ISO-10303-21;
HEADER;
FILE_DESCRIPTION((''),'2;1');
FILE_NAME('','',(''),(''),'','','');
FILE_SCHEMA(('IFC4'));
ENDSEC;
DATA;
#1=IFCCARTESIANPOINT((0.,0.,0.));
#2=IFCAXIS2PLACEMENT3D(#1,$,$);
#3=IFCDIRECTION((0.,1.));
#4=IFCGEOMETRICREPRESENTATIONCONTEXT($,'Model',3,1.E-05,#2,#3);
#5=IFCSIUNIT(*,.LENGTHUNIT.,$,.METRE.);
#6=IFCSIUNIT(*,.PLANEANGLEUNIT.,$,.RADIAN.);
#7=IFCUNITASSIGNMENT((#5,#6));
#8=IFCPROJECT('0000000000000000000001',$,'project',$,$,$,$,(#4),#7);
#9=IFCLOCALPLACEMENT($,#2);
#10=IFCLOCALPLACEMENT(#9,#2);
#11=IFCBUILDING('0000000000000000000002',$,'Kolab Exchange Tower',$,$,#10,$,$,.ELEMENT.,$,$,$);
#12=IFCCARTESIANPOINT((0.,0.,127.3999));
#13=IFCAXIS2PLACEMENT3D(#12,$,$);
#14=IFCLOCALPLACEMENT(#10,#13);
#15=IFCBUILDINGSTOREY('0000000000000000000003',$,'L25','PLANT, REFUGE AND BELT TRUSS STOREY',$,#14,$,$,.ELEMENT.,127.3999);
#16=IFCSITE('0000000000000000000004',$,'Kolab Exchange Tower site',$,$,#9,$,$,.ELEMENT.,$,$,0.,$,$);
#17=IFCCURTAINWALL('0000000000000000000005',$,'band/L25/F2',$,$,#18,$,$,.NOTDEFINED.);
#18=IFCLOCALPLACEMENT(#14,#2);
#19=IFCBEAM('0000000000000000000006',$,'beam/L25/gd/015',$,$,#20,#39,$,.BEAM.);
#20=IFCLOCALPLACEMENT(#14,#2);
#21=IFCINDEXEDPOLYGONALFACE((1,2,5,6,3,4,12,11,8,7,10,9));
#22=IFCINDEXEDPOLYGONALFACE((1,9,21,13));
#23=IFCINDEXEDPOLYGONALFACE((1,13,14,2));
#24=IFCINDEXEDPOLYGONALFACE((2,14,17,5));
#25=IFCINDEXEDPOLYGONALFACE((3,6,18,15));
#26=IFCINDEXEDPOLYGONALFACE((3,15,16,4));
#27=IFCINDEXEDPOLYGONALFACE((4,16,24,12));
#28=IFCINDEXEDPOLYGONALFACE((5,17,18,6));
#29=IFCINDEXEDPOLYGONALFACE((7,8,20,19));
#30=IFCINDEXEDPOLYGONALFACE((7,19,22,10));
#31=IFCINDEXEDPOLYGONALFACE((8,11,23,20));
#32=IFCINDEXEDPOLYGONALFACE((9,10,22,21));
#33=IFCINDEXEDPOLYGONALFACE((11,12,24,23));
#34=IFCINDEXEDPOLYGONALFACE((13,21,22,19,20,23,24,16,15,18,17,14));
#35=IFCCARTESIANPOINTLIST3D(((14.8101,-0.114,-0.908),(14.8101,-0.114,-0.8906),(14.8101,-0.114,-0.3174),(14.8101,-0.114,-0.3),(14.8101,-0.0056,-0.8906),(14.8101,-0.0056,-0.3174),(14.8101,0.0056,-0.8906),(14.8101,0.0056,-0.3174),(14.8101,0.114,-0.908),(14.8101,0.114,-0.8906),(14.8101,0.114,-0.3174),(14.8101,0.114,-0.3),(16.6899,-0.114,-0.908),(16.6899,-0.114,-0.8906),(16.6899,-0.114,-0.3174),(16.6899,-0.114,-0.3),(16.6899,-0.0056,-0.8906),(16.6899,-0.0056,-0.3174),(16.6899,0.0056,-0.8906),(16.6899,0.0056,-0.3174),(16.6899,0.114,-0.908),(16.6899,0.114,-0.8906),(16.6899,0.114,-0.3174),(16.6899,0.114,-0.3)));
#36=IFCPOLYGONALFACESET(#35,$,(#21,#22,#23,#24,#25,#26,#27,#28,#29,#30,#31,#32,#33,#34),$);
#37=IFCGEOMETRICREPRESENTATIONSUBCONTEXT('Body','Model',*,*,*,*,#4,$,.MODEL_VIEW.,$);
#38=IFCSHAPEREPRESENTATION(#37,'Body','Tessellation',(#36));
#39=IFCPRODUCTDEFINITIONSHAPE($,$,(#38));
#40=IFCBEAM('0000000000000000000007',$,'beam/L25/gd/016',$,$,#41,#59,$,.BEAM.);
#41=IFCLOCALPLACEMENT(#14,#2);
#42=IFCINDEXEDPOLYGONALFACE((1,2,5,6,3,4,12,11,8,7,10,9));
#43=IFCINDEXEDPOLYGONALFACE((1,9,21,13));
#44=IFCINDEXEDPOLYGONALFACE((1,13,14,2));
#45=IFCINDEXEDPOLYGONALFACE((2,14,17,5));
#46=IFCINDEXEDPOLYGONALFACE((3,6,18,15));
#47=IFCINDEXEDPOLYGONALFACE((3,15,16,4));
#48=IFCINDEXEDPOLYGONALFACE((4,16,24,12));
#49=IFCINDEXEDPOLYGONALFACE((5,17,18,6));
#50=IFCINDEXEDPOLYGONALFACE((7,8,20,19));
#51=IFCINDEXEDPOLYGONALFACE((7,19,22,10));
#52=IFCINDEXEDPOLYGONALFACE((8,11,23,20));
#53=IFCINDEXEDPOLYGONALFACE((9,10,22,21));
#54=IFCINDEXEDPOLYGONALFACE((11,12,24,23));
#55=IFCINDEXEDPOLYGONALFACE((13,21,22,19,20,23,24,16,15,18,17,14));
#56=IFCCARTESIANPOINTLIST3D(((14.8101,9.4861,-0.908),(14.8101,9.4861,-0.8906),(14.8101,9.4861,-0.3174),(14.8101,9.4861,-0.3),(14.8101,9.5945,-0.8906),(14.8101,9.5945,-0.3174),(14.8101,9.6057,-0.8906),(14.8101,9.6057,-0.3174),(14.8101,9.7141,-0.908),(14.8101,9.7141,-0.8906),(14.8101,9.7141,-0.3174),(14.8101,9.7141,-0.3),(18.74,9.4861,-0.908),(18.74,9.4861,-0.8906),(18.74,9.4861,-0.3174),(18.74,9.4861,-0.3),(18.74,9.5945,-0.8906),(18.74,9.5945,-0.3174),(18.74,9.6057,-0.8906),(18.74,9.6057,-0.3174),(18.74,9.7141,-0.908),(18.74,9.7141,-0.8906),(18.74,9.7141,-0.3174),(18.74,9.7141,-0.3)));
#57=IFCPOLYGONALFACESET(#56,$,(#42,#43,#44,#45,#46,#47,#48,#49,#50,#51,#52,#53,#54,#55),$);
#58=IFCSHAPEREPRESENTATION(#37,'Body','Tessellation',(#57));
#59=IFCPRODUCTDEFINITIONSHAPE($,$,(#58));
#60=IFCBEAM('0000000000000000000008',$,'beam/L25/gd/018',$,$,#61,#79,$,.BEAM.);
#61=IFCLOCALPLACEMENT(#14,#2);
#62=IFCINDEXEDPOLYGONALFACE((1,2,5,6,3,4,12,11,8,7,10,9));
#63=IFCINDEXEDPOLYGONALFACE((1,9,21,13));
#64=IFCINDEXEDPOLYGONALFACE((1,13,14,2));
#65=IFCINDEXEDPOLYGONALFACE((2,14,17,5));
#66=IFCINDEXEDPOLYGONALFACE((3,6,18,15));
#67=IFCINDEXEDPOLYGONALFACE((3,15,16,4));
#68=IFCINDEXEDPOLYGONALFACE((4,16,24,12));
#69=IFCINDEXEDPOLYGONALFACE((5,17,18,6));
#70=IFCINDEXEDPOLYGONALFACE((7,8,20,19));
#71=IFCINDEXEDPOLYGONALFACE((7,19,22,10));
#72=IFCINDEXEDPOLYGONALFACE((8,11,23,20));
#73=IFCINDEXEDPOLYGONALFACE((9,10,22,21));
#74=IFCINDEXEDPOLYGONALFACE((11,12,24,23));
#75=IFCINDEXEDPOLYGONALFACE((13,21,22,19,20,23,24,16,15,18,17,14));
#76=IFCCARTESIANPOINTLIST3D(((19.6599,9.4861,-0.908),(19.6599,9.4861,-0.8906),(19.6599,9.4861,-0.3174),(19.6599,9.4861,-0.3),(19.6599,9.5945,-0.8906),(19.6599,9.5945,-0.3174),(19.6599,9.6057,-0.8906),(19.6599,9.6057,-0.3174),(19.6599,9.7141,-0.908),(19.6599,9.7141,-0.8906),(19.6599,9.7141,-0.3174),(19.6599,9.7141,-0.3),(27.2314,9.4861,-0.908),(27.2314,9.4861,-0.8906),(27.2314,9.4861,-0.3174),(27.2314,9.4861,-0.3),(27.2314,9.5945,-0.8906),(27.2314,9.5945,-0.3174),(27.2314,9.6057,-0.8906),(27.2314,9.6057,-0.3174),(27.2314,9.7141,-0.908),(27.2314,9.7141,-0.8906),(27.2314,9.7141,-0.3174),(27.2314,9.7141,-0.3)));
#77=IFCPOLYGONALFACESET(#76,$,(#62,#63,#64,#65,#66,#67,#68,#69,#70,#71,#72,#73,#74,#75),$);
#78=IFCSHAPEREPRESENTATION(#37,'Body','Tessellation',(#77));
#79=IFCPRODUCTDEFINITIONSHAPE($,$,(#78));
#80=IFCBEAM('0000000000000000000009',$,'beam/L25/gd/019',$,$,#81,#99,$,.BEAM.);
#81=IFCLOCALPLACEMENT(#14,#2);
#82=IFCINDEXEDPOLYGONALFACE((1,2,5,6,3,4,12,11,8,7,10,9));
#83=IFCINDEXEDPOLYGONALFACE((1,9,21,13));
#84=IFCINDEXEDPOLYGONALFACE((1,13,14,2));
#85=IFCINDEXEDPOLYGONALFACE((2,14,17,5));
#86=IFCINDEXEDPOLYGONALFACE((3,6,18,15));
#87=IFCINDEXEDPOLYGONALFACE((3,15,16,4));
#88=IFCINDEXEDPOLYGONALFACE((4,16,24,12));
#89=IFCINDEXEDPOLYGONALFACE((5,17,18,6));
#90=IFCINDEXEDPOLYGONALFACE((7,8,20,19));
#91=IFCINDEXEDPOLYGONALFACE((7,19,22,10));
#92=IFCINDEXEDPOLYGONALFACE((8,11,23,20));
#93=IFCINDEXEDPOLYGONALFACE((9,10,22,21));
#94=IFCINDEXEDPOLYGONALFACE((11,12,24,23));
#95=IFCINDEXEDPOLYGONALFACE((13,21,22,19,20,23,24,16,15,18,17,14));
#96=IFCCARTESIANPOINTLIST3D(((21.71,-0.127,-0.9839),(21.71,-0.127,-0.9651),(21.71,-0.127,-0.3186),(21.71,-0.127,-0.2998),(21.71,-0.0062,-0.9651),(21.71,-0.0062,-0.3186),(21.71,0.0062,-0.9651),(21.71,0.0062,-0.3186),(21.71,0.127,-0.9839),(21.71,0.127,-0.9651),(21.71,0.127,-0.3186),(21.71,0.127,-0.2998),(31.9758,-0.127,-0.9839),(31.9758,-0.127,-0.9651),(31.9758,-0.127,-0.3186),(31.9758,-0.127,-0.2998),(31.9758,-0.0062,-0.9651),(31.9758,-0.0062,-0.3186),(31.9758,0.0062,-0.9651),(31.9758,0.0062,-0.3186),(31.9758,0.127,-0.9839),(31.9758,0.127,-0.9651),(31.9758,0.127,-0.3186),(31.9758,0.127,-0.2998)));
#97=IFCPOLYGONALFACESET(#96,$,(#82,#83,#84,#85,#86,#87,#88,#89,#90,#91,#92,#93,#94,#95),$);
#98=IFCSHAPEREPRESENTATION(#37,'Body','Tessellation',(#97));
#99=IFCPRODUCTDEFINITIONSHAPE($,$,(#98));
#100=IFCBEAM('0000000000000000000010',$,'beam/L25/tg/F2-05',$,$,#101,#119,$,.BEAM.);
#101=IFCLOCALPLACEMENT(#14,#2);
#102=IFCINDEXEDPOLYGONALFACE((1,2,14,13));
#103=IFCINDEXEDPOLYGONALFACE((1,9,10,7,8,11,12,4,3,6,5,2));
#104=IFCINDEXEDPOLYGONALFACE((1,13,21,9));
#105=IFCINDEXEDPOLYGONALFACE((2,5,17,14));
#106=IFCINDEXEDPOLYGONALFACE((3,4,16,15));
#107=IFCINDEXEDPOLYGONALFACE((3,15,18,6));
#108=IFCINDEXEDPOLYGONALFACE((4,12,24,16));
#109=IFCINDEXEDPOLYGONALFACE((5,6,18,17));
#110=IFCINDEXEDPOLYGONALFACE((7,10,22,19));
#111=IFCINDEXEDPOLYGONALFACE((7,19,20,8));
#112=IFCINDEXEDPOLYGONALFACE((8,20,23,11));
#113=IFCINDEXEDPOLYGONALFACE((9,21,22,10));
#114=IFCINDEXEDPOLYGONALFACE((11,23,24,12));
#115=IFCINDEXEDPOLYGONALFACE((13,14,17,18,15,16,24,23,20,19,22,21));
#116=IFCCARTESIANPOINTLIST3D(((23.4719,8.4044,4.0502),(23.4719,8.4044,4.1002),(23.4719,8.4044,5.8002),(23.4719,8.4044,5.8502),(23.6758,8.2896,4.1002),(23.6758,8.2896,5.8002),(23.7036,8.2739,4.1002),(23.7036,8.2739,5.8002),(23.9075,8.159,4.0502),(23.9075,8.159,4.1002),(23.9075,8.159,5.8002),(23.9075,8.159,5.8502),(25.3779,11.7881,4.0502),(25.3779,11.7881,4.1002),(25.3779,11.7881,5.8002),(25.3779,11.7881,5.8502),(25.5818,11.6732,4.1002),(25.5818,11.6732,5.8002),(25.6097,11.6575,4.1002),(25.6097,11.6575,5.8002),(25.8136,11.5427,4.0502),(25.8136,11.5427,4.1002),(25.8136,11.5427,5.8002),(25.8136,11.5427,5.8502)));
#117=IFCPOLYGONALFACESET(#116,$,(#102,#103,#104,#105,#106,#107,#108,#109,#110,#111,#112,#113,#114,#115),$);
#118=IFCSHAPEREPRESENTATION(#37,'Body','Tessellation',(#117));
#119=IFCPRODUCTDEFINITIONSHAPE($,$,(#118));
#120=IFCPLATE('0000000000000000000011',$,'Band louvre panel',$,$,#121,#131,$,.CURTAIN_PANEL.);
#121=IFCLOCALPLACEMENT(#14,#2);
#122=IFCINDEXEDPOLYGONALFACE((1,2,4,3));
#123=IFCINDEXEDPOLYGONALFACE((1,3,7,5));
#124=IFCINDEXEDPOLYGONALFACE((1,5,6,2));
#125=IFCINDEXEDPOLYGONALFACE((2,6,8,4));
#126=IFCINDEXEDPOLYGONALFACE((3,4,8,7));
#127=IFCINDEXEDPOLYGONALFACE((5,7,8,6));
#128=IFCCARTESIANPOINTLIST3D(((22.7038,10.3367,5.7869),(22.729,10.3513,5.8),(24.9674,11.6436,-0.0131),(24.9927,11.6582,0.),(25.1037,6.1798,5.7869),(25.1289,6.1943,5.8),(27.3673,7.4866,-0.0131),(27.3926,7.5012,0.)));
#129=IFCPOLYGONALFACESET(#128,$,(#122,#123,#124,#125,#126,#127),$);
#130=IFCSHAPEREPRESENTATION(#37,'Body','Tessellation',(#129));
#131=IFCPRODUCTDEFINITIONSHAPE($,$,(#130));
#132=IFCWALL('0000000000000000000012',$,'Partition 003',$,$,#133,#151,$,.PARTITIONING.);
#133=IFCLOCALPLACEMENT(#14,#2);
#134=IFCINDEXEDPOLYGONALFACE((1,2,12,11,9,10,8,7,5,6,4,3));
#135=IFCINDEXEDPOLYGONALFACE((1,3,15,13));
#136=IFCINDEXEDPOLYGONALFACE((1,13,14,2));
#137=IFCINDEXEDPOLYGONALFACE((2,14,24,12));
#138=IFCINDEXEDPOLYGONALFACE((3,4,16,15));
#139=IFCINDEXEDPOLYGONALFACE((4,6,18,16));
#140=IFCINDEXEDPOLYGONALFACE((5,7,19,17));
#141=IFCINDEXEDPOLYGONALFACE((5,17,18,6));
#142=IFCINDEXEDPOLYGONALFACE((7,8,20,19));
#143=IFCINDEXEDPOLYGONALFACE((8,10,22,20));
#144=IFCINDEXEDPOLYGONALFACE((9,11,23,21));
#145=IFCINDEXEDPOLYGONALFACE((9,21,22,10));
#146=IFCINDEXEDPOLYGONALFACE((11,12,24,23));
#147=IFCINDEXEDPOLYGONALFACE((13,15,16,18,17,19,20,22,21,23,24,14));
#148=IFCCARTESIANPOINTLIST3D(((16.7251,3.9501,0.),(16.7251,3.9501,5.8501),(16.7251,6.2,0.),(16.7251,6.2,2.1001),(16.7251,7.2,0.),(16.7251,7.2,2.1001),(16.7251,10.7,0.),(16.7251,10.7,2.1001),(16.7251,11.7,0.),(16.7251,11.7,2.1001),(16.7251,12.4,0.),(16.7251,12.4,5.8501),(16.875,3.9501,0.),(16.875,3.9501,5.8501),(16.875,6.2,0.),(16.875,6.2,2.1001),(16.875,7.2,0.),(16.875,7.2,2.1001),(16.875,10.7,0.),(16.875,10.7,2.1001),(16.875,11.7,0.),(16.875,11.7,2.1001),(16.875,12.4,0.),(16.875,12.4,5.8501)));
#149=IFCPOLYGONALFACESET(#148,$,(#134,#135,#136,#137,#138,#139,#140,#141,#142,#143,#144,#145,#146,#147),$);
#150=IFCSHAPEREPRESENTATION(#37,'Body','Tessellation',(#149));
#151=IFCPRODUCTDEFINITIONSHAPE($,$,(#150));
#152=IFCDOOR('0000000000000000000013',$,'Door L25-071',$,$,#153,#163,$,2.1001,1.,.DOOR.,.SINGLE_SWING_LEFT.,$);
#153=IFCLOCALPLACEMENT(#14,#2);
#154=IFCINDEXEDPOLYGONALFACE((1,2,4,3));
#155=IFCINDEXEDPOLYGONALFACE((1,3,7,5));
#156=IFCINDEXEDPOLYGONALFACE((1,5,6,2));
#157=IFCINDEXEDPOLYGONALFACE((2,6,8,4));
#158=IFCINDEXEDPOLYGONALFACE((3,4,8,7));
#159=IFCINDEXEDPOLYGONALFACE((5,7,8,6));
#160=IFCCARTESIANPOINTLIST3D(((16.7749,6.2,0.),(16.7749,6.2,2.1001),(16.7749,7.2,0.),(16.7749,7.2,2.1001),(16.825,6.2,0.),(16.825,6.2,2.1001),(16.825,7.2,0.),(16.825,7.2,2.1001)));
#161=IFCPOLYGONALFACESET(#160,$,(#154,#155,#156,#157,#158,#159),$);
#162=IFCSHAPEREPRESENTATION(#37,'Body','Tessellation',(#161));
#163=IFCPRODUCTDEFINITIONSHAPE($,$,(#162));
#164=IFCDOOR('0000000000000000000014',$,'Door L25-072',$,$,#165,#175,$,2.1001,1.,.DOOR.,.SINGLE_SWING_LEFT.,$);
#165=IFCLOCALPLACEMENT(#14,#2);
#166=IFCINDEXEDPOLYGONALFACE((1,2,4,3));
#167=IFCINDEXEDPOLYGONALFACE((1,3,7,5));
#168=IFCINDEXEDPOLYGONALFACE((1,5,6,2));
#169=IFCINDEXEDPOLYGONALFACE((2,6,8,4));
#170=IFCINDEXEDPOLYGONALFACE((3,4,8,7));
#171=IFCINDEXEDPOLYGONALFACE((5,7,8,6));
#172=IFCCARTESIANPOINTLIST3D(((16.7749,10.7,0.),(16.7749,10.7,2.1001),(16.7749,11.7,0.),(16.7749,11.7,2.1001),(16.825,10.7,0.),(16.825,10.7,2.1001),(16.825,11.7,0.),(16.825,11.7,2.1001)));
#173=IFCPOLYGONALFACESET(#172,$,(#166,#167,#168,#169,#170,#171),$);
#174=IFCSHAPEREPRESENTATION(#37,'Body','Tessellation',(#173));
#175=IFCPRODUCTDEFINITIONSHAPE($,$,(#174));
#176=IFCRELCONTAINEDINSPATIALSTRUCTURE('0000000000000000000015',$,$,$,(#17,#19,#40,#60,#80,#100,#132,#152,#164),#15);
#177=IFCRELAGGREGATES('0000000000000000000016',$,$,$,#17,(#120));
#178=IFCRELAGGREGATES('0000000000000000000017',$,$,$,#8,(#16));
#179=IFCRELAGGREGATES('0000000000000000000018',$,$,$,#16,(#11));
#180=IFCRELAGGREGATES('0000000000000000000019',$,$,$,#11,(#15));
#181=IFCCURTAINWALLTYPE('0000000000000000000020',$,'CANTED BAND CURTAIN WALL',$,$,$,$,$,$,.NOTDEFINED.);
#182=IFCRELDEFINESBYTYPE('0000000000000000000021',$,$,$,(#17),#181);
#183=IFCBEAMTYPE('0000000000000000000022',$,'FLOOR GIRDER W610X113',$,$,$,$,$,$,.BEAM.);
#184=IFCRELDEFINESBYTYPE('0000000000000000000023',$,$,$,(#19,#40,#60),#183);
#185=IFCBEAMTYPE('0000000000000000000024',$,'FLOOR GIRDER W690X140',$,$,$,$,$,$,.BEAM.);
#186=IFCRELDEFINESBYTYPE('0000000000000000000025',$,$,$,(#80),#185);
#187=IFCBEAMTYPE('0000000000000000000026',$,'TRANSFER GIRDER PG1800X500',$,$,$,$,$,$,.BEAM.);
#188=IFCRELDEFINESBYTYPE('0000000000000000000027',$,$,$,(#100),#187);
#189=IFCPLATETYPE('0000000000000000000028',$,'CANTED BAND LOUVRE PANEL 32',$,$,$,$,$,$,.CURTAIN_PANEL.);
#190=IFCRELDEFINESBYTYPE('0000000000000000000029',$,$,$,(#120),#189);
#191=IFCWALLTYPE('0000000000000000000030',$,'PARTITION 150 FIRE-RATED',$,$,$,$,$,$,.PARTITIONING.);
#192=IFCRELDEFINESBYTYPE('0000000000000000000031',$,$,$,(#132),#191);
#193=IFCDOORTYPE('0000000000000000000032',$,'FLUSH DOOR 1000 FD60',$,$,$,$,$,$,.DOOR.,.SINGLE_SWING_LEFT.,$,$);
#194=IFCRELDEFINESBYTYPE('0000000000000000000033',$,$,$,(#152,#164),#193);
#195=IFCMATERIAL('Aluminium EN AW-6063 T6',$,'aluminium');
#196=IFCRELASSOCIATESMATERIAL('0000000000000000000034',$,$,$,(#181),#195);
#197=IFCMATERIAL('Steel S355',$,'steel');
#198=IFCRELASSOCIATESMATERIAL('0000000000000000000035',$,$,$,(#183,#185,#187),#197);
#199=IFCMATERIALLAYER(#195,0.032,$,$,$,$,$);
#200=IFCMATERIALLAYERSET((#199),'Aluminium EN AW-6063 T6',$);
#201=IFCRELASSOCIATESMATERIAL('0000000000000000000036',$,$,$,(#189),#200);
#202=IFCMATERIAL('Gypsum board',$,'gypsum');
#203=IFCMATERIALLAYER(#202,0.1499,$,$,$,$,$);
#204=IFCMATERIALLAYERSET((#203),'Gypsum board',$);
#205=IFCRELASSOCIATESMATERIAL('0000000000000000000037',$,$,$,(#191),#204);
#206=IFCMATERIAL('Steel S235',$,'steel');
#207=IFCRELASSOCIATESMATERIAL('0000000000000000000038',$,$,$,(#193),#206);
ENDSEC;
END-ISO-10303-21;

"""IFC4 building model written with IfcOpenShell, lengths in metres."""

from ifc_helpers import new_model, si_unit, direction, frame, frame_2d, origin, origin_2d, place, context, subcontext, project, spatial, polyline, rectangle, i_section, outline, extrude, material, layer, layer_set, material_profile, profile_set, type_object, element, fill, aggregate, save


model = new_model("IFC4")

# Units and contexts
model_context = context("Model", 3, precision=1e-05, world=origin(), true_north=direction((0.0, 1.0)))
body_context = subcontext(model_context, "Body", "Model", "MODEL_VIEW")
ifc_project = project(units=[si_unit("LENGTHUNIT", "METRE"), si_unit("PLANEANGLEUNIT", "RADIAN")], contexts=[model_context])

# Site, building, storey
site_placement = place(None, origin())
site = spatial("IfcSite", under=ifc_project, at=site_placement, Name="Kolab Exchange Tower site", CompositionType="ELEMENT", RefElevation=0.0)
building_placement = place(site_placement, origin())
building = spatial("IfcBuilding", under=site, at=building_placement, Name="Kolab Exchange Tower", CompositionType="ELEMENT")
storey_placement = place(building_placement, frame((0.0, 0.0, 127.3999)))
storey = spatial("IfcBuildingStorey", under=building, at=storey_placement, Name="L25", Description="PLANT, REFUGE AND BELT TRUSS STOREY", CompositionType="ELEMENT", Elevation=127.3999)

# Shared definitions
ifc_material_1 = material(Name="Steel S355", Category="steel")

# Curtain wall
ifc_material_2 = material(Name="Aluminium EN AW-6063 T6", Category="aluminium")
curtain_wall_type = type_object("IfcCurtainWallType", Name="CANTED BAND CURTAIN WALL", PredefinedType="NOTDEFINED", material=ifc_material_2)
curtain_wall_placement = place(storey_placement, origin())
curtain_wall = element("IfcCurtainWall", 1, at=curtain_wall_placement, inside=storey, type_object=curtain_wall_type, Name="band/L25/F2", PredefinedType="NOTDEFINED")

# Beams
ifc_material_profile_1 = material_profile(ifc_material_1, i_section(OverallWidth=0.228, OverallDepth=0.6079, WebThickness=0.0112, FlangeThickness=0.0173, at=origin_2d()), Name="W610X113")
ifc_profile_set_1 = profile_set([ifc_material_profile_1], Name="Steel S355")
beam_type_1 = type_object("IfcBeamType", Name="FLOOR GIRDER W610X113", PredefinedType="BEAM", material=ifc_profile_set_1)
beam_1_placement = place(storey_placement, frame((14.8101, 0.0, -0.604), z_axis=(1.0, 0.0, 0.0), x_axis=(0.0, 1.0, 0.0)))
element("IfcBeam", 2, at=beam_1_placement, inside=storey, type_object=beam_type_1, Name="beam/L25/gd/015", PredefinedType="BEAM", context=body_context, shape_type="SweptSolid", body=[
    extrude(i_section(OverallWidth=0.228, OverallDepth=0.6079, WebThickness=0.0112, FlangeThickness=0.0173, at=origin_2d()), origin(), (0.0, 0.0, 1.0), 1.8799),
])
beam_2_placement = place(storey_placement, frame((14.8101, 9.6001, -0.604), z_axis=(1.0, 0.0, 0.0), x_axis=(0.0, 1.0, 0.0)))
element("IfcBeam", 3, at=beam_2_placement, inside=storey, type_object=beam_type_1, Name="beam/L25/gd/016", PredefinedType="BEAM", context=body_context, shape_type="SweptSolid", body=[
    extrude(i_section(OverallWidth=0.228, OverallDepth=0.6079, WebThickness=0.0112, FlangeThickness=0.0173, at=origin_2d()), origin(), (0.0, 0.0, 1.0), 3.9299),
])
beam_3_placement = place(storey_placement, frame((19.6599, 9.6001, -0.604), z_axis=(1.0, 0.0, 0.0), x_axis=(0.0, 1.0, 0.0)))
element("IfcBeam", 4, at=beam_3_placement, inside=storey, type_object=beam_type_1, Name="beam/L25/gd/018", PredefinedType="BEAM", context=body_context, shape_type="SweptSolid", body=[
    extrude(i_section(OverallWidth=0.228, OverallDepth=0.6079, WebThickness=0.0112, FlangeThickness=0.0173, at=origin_2d()), origin(), (0.0, 0.0, 1.0), 7.5715),
])
ifc_material_profile_2 = material_profile(ifc_material_1, i_section(OverallWidth=0.2539, OverallDepth=0.6841, WebThickness=0.0125, FlangeThickness=0.0188, at=origin_2d()), Name="W690X140")
ifc_profile_set_2 = profile_set([ifc_material_profile_2], Name="Steel S355")
beam_type_2 = type_object("IfcBeamType", Name="FLOOR GIRDER W690X140", PredefinedType="BEAM", material=ifc_profile_set_2)
beam_4_placement = place(storey_placement, frame((21.71, 0.0, -0.6418), z_axis=(1.0, 0.0, 0.0), x_axis=(0.0, 1.0, 0.0)))
element("IfcBeam", 5, at=beam_4_placement, inside=storey, type_object=beam_type_2, Name="beam/L25/gd/019", PredefinedType="BEAM", context=body_context, shape_type="SweptSolid", body=[
    extrude(i_section(OverallWidth=0.2539, OverallDepth=0.6841, WebThickness=0.0125, FlangeThickness=0.0188, at=origin_2d()), origin(), (0.0, 0.0, 1.0), 10.2659),
])
ifc_material_profile_3 = material_profile(ifc_material_1, i_section(OverallWidth=0.5, OverallDepth=1.8, WebThickness=0.032, FlangeThickness=0.05, at=origin_2d()), Name="PG1800X500")
ifc_profile_set_3 = profile_set([ifc_material_profile_3], Name="Steel S355")
beam_type_3 = type_object("IfcBeamType", Name="TRANSFER GIRDER PG1800X500", PredefinedType="BEAM", material=ifc_profile_set_3)
beam_5_placement = place(storey_placement, frame((23.6897, 8.2817, 4.9502), z_axis=(0.490801, 0.871271, 0.0), x_axis=(-0.871271, 0.490801, 0.0)))
element("IfcBeam", 6, at=beam_5_placement, inside=storey, type_object=beam_type_3, Name="beam/L25/tg/F2-05", PredefinedType="BEAM", context=body_context, shape_type="SweptSolid", body=[
    extrude(i_section(OverallWidth=0.5, OverallDepth=1.8, WebThickness=0.032, FlangeThickness=0.05, at=origin_2d()), origin(), (0.0, 0.0, 1.0), 3.8835),
])

# Plate
ifc_layer_1 = layer(ifc_material_2, 0.032)
ifc_layer_set_1 = layer_set([ifc_layer_1], Name="Aluminium EN AW-6063 T6")
plate_type = type_object("IfcPlateType", Name="CANTED BAND LOUVRE PANEL 32", PredefinedType="CURTAIN_PANEL", material=ifc_layer_set_1)
plate_placement = place(storey_placement, frame((24.9927, 11.6582, 0.0), z_axis=(0.789563, 0.45583, 0.410864), x_axis=(0.499979, -0.866037, 0.0)))
plate = element("IfcPlate", 7, at=plate_placement, type_object=plate_type, Name="Band louvre panel", PredefinedType="CURTAIN_PANEL", context=body_context, shape_type="SweptSolid", body=[
    extrude(outline(polyline([(0.0, 0.0), (4.8, 0.0), (4.8, -6.3618), (0.0, -6.3618), (0.0, 0.0)])), origin(), (0.0, 0.0, -1.0), 0.032),
])
aggregate(curtain_wall, [plate])

# Wall, openings, doors
ifc_material_3 = material(Name="Gypsum board", Category="gypsum")
ifc_layer_2 = layer(ifc_material_3, 0.1499)
ifc_layer_set_2 = layer_set([ifc_layer_2], Name="Gypsum board")
wall_type_1 = type_object("IfcWallType", Name="PARTITION 150 FIRE-RATED", PredefinedType="PARTITIONING", material=ifc_layer_set_2)
wall_1_placement = place(storey_placement, frame((16.8, 3.95, 0.0), z_axis=(0.0, 0.0, 1.0), x_axis=(0.0, 1.0, 0.0)))
wall_1 = element("IfcWall", 8, at=wall_1_placement, inside=storey, type_object=wall_type_1, Name="Partition 003", PredefinedType="PARTITIONING", context=body_context, shape_type="SweptSolid", body=[
    extrude(rectangle(XDim=8.45, YDim=0.1499, at=frame_2d((4.2251, 0.0))), origin(), (0.0, 0.0, 1.0), 5.8501),
])
opening_1_placement = place(wall_1_placement, frame((2.25, 0.0, 0.0)))
opening_1 = element("IfcOpeningElement", 9, at=opening_1_placement, cuts=wall_1, PredefinedType="OPENING", context=body_context, shape_type="SweptSolid", body=[
    extrude(rectangle(XDim=1.0, YDim=2.1001, at=frame_2d((0.5, 1.05))), frame((0.0, 0.085, 0.0), z_axis=(0.0, -1.0, 0.0), x_axis=(1.0, 0.0, 0.0)), (0.0, 0.0, 1.0), 0.1699),
])
opening_2_placement = place(wall_1_placement, frame((6.75, 0.0, 0.0)))
opening_2 = element("IfcOpeningElement", 10, at=opening_2_placement, cuts=wall_1, PredefinedType="OPENING", context=body_context, shape_type="SweptSolid", body=[
    extrude(rectangle(XDim=1.0, YDim=2.1001, at=frame_2d((0.5, 1.05))), frame((0.0, 0.085, 0.0), z_axis=(0.0, -1.0, 0.0), x_axis=(1.0, 0.0, 0.0)), (0.0, 0.0, 1.0), 0.1699),
])
ifc_material_4 = material(Name="Steel S235", Category="steel")
door_type = type_object("IfcDoorType", Name="FLUSH DOOR 1000 FD60", OperationType="SINGLE_SWING_LEFT", PredefinedType="DOOR", material=ifc_material_4)
door_1_placement = place(opening_1_placement, frame((1.0, 0.0, 0.0), z_axis=(0.0, 0.0, 1.0), x_axis=(-1.0, 0.0, 0.0)))
door_1 = element("IfcDoor", 11, at=door_1_placement, inside=storey, type_object=door_type, Name="Door L25-071", OperationType="SINGLE_SWING_LEFT", OverallHeight=2.1001, OverallWidth=1.0, PredefinedType="DOOR", context=body_context, shape_type="SweptSolid", body=[
    extrude(rectangle(XDim=1.0, YDim=2.1001, at=frame_2d((0.5, 1.05))), frame((0.0, 0.0249, 0.0), z_axis=(0.0, -1.0, 0.0), x_axis=(1.0, 0.0, 0.0)), (0.0, 0.0, 1.0), 0.05),
])
fill(opening_1, door_1)
door_2_placement = place(opening_2_placement, frame((1.0, 0.0, 0.0), z_axis=(0.0, 0.0, 1.0), x_axis=(-1.0, 0.0, 0.0)))
door_2 = element("IfcDoor", 12, at=door_2_placement, inside=storey, type_object=door_type, Name="Door L25-072", OperationType="SINGLE_SWING_LEFT", OverallHeight=2.1001, OverallWidth=1.0, PredefinedType="DOOR", context=body_context, shape_type="SweptSolid", body=[
    extrude(rectangle(XDim=1.0, YDim=2.1001, at=frame_2d((0.5, 1.05))), frame((0.0, 0.0249, 0.0), z_axis=(0.0, -1.0, 0.0), x_axis=(1.0, 0.0, 0.0)), (0.0, 0.0, 1.0), 0.05),
])
fill(opening_2, door_2)

save(model, "model.ifc")
